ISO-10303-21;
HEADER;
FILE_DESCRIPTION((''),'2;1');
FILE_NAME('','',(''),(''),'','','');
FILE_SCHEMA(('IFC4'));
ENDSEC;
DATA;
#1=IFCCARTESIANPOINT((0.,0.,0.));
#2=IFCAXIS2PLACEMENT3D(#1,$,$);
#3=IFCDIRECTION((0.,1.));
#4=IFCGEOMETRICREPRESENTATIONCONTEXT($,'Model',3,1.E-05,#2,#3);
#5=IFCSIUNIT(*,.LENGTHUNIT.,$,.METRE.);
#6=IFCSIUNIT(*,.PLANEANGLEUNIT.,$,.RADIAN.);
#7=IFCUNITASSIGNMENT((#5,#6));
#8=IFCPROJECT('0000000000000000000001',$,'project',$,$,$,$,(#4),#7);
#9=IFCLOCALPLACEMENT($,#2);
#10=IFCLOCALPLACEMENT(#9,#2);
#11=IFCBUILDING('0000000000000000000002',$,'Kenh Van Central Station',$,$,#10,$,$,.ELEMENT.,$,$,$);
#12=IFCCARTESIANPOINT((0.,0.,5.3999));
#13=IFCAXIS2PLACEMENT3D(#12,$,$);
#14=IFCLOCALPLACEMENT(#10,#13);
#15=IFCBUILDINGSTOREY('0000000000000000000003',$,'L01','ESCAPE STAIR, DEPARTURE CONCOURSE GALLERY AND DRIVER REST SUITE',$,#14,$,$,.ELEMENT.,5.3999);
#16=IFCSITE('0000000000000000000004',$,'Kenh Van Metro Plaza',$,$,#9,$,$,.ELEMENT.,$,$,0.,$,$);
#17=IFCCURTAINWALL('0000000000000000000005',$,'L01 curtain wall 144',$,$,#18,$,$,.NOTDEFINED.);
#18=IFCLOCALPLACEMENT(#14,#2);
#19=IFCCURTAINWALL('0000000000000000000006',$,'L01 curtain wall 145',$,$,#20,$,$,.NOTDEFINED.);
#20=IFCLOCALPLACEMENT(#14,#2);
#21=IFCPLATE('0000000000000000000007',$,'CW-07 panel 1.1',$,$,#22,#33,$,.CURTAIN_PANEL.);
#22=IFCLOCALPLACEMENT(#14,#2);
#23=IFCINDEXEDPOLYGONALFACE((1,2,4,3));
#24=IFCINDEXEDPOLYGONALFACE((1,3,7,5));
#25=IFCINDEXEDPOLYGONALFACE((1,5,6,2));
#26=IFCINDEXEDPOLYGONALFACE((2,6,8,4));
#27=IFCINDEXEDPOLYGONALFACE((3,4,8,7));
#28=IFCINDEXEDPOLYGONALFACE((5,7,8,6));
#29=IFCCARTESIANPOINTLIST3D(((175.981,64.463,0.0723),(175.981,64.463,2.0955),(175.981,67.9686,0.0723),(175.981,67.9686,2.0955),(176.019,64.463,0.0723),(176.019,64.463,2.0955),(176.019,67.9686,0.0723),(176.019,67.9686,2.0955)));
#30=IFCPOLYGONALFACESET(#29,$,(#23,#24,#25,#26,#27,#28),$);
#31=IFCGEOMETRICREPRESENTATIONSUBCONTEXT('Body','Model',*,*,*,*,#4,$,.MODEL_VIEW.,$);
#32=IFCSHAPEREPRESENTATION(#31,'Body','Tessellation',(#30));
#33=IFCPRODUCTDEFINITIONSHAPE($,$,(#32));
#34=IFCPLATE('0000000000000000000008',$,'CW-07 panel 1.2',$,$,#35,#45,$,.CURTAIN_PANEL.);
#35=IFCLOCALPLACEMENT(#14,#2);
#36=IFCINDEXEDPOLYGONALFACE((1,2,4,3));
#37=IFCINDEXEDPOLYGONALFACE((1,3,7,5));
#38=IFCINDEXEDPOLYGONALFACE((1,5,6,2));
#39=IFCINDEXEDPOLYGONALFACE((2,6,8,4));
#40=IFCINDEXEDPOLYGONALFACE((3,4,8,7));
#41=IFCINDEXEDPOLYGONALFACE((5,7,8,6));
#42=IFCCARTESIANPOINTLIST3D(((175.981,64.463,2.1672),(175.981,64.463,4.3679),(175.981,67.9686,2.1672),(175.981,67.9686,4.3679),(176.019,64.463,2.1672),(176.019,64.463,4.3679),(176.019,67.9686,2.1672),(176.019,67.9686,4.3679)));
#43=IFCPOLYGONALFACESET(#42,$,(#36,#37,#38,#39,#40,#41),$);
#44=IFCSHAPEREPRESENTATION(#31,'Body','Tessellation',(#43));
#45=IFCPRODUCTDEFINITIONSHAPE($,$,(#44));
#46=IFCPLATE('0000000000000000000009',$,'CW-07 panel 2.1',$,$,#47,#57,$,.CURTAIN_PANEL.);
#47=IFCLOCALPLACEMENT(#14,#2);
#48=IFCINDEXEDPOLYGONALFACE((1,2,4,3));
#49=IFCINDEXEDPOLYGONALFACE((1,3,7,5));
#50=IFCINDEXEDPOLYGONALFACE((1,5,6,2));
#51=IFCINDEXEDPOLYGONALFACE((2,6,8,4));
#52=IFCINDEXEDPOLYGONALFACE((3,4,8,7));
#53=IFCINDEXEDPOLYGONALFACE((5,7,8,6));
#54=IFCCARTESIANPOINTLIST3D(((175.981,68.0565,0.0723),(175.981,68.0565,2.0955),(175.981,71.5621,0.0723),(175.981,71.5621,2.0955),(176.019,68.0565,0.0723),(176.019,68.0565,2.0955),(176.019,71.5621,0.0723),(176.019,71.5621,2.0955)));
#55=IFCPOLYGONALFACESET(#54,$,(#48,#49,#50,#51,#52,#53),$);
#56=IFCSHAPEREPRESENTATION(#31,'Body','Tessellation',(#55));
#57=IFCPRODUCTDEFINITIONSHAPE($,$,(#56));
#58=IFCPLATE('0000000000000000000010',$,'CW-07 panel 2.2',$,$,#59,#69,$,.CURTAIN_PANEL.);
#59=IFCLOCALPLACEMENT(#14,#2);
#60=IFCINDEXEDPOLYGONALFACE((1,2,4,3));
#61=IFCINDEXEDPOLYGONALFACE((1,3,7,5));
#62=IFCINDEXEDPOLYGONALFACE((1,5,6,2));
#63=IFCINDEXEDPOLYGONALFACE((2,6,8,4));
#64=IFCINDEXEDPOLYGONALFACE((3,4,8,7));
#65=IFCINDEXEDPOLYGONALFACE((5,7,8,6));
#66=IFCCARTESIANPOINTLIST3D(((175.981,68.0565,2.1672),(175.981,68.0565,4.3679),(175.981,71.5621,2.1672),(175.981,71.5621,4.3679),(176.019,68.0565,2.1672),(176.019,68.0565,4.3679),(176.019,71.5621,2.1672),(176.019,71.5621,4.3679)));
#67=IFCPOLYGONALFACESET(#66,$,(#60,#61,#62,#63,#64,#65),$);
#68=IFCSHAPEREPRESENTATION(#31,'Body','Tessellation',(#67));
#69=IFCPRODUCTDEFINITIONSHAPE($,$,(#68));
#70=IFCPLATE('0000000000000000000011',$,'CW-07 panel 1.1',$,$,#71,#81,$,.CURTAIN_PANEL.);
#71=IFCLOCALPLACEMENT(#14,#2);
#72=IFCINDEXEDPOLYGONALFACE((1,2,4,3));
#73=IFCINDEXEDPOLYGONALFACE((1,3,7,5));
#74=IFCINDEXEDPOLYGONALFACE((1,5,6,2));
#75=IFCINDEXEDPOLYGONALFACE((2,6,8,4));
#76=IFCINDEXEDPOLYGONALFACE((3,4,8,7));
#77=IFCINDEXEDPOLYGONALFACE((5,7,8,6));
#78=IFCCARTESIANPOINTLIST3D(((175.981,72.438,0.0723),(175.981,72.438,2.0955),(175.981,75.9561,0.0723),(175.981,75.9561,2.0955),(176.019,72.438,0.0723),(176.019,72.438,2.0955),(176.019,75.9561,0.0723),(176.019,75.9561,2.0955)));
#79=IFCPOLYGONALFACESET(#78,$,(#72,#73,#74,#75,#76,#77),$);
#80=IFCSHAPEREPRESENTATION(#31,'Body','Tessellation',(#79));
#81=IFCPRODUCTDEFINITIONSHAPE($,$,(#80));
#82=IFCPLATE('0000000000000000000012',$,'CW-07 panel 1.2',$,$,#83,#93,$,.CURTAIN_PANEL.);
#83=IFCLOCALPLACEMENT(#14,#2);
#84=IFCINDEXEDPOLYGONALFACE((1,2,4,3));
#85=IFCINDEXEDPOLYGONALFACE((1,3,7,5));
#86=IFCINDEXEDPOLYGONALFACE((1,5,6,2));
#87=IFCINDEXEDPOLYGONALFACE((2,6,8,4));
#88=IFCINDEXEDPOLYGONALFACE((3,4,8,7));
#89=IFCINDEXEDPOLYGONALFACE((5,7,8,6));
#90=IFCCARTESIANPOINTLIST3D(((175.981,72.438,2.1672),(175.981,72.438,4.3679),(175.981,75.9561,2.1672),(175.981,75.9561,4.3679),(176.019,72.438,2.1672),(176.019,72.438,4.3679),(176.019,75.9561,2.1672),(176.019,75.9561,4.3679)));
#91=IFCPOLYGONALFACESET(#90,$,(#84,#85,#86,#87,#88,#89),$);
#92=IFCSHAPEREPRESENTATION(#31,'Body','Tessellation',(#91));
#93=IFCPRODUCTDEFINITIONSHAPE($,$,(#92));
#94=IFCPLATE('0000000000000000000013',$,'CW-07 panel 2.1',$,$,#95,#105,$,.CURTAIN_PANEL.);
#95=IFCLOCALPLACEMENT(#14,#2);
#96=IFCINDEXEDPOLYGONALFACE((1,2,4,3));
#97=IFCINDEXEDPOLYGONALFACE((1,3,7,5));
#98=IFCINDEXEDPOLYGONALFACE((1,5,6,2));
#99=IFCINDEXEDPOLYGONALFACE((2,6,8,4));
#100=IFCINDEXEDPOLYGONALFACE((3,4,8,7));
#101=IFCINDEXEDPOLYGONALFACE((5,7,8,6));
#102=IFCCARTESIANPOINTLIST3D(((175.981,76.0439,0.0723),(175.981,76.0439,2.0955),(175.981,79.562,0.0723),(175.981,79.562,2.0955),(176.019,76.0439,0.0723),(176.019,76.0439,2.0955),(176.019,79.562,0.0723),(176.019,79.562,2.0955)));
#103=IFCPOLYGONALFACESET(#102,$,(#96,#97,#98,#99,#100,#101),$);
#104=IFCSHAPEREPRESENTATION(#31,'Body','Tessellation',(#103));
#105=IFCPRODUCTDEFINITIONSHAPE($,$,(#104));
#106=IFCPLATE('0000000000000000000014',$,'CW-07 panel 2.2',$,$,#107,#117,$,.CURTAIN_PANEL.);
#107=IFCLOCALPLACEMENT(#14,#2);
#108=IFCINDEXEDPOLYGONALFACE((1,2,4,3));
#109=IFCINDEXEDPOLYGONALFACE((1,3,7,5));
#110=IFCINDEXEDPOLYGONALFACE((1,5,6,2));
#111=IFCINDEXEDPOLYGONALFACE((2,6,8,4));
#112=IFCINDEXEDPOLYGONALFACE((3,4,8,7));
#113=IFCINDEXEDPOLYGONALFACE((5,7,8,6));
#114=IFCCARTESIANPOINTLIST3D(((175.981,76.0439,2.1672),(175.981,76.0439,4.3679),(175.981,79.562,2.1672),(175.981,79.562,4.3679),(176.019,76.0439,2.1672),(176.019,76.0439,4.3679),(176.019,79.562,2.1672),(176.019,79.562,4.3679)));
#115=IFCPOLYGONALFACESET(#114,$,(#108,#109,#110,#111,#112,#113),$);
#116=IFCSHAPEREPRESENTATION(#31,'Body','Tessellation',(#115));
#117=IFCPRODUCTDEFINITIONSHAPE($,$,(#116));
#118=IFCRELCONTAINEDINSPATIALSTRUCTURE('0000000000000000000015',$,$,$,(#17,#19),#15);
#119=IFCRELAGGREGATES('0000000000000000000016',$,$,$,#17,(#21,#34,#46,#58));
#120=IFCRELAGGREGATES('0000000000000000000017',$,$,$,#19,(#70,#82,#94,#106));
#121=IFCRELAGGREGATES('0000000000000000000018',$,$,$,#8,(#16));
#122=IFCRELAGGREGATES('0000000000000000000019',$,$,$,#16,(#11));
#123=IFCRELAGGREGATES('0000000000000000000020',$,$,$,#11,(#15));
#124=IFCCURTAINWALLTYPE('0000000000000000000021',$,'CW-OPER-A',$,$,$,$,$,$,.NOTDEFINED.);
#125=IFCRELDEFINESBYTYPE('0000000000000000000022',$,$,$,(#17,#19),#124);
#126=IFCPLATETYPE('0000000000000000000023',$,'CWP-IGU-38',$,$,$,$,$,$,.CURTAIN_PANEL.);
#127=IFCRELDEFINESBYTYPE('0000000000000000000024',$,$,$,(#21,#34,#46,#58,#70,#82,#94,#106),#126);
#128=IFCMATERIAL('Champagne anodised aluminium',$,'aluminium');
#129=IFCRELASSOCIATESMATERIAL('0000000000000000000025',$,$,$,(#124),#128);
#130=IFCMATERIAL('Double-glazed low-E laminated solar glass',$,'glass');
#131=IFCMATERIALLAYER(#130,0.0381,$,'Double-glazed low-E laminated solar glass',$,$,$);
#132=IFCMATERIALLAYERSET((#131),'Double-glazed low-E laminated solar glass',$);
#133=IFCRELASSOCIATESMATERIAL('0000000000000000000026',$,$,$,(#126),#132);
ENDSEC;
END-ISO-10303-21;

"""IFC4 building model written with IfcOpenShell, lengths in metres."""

from ifc_helpers import new_model, si_unit, direction, frame, origin, origin_2d, place, context, subcontext, project, spatial, rectangle, extrude, material, layer, layer_set, type_object, element, aggregate, save


model = new_model("IFC4")

# Units and contexts
model_context = context("Model", 3, precision=1e-05, world=origin(), true_north=direction((0.0, 1.0)))
body_context = subcontext(model_context, "Body", "Model", "MODEL_VIEW")
ifc_project = project(units=[si_unit("LENGTHUNIT", "METRE"), si_unit("PLANEANGLEUNIT", "RADIAN")], contexts=[model_context])

# Site, building, storey
site_placement = place(None, origin())
site = spatial("IfcSite", under=ifc_project, at=site_placement, Name="Kenh Van Metro Plaza", CompositionType="ELEMENT", RefElevation=0.0)
building_placement = place(site_placement, origin())
building = spatial("IfcBuilding", under=site, at=building_placement, Name="Kenh Van Central Station", CompositionType="ELEMENT")
storey_placement = place(building_placement, frame((0.0, 0.0, 5.3999)))
storey = spatial("IfcBuildingStorey", under=building, at=storey_placement, Name="L01", Description="ESCAPE STAIR, DEPARTURE CONCOURSE GALLERY AND DRIVER REST SUITE", CompositionType="ELEMENT", Elevation=5.3999)

# Shared definitions
ifc_material_1 = material(Name="Champagne anodised aluminium", Category="aluminium")
curtain_wall_type = type_object("IfcCurtainWallType", Name="CW-OPER-A", PredefinedType="NOTDEFINED", material=ifc_material_1)

# Curtain walls
curtain_wall_1_placement = place(storey_placement, origin())
curtain_wall_1 = element("IfcCurtainWall", 1, at=curtain_wall_1_placement, inside=storey, type_object=curtain_wall_type, Name="L01 curtain wall 144", PredefinedType="NOTDEFINED")
curtain_wall_2_placement = place(storey_placement, origin())
curtain_wall_2 = element("IfcCurtainWall", 2, at=curtain_wall_2_placement, inside=storey, type_object=curtain_wall_type, Name="L01 curtain wall 145", PredefinedType="NOTDEFINED")

# Plates
ifc_material_2 = material(Name="Double-glazed low-E laminated solar glass", Category="glass")
ifc_layer = layer(ifc_material_2, 0.0381, Name="Double-glazed low-E laminated solar glass")
ifc_layer_set = layer_set([ifc_layer], Name="Double-glazed low-E laminated solar glass")
plate_type = type_object("IfcPlateType", Name="CWP-IGU-38", PredefinedType="CURTAIN_PANEL", material=ifc_layer_set)
plate_1_placement = place(storey_placement, frame((176.0, 66.2158, 0.0723), z_axis=(0.0, 0.0, 1.0), x_axis=(0.0, 1.0, 0.0)))
plate_1 = element("IfcPlate", 3, at=plate_1_placement, type_object=plate_type, Name="CW-07 panel 1.1", PredefinedType="CURTAIN_PANEL", context=body_context, shape_type="SweptSolid", body=[
    extrude(rectangle(XDim=3.5056, YDim=0.0381, at=origin_2d()), origin(), (0.0, 0.0, 1.0), 2.0232),
])
plate_2_placement = place(storey_placement, frame((176.0, 66.2158, 2.1672), z_axis=(0.0, 0.0, 1.0), x_axis=(0.0, 1.0, 0.0)))
plate_2 = element("IfcPlate", 4, at=plate_2_placement, type_object=plate_type, Name="CW-07 panel 1.2", PredefinedType="CURTAIN_PANEL", context=body_context, shape_type="SweptSolid", body=[
    extrude(rectangle(XDim=3.5056, YDim=0.0381, at=origin_2d()), origin(), (0.0, 0.0, 1.0), 2.2007),
])
plate_3_placement = place(storey_placement, frame((176.0, 69.8093, 0.0723), z_axis=(0.0, 0.0, 1.0), x_axis=(0.0, 1.0, 0.0)))
plate_3 = element("IfcPlate", 5, at=plate_3_placement, type_object=plate_type, Name="CW-07 panel 2.1", PredefinedType="CURTAIN_PANEL", context=body_context, shape_type="SweptSolid", body=[
    extrude(rectangle(XDim=3.5056, YDim=0.0381, at=origin_2d()), origin(), (0.0, 0.0, 1.0), 2.0232),
])
plate_4_placement = place(storey_placement, frame((176.0, 69.8093, 2.1672), z_axis=(0.0, 0.0, 1.0), x_axis=(0.0, 1.0, 0.0)))
plate_4 = element("IfcPlate", 6, at=plate_4_placement, type_object=plate_type, Name="CW-07 panel 2.2", PredefinedType="CURTAIN_PANEL", context=body_context, shape_type="SweptSolid", body=[
    extrude(rectangle(XDim=3.5056, YDim=0.0381, at=origin_2d()), origin(), (0.0, 0.0, 1.0), 2.2007),
])
aggregate(curtain_wall_1, [plate_1, plate_2, plate_3, plate_4])
plate_5_placement = place(storey_placement, frame((176.0, 74.197, 0.0723), z_axis=(0.0, 0.0, 1.0), x_axis=(0.0, 1.0, 0.0)))
plate_5 = element("IfcPlate", 7, at=plate_5_placement, type_object=plate_type, Name="CW-07 panel 1.1", PredefinedType="CURTAIN_PANEL", context=body_context, shape_type="SweptSolid", body=[
    extrude(rectangle(XDim=3.5181, YDim=0.0381, at=origin_2d()), origin(), (0.0, 0.0, 1.0), 2.0232),
])
plate_6_placement = place(storey_placement, frame((176.0, 74.197, 2.1672), z_axis=(0.0, 0.0, 1.0), x_axis=(0.0, 1.0, 0.0)))
plate_6 = element("IfcPlate", 8, at=plate_6_placement, type_object=plate_type, Name="CW-07 panel 1.2", PredefinedType="CURTAIN_PANEL", context=body_context, shape_type="SweptSolid", body=[
    extrude(rectangle(XDim=3.5181, YDim=0.0381, at=origin_2d()), origin(), (0.0, 0.0, 1.0), 2.2007),
])
plate_7_placement = place(storey_placement, frame((176.0, 77.803, 0.0723), z_axis=(0.0, 0.0, 1.0), x_axis=(0.0, 1.0, 0.0)))
plate_7 = element("IfcPlate", 9, at=plate_7_placement, type_object=plate_type, Name="CW-07 panel 2.1", PredefinedType="CURTAIN_PANEL", context=body_context, shape_type="SweptSolid", body=[
    extrude(rectangle(XDim=3.5181, YDim=0.0381, at=origin_2d()), origin(), (0.0, 0.0, 1.0), 2.0232),
])
plate_8_placement = place(storey_placement, frame((176.0, 77.803, 2.1672), z_axis=(0.0, 0.0, 1.0), x_axis=(0.0, 1.0, 0.0)))
plate_8 = element("IfcPlate", 10, at=plate_8_placement, type_object=plate_type, Name="CW-07 panel 2.2", PredefinedType="CURTAIN_PANEL", context=body_context, shape_type="SweptSolid", body=[
    extrude(rectangle(XDim=3.5181, YDim=0.0381, at=origin_2d()), origin(), (0.0, 0.0, 1.0), 2.2007),
])
aggregate(curtain_wall_2, [plate_5, plate_6, plate_7, plate_8])

save(model, "model.ifc")
